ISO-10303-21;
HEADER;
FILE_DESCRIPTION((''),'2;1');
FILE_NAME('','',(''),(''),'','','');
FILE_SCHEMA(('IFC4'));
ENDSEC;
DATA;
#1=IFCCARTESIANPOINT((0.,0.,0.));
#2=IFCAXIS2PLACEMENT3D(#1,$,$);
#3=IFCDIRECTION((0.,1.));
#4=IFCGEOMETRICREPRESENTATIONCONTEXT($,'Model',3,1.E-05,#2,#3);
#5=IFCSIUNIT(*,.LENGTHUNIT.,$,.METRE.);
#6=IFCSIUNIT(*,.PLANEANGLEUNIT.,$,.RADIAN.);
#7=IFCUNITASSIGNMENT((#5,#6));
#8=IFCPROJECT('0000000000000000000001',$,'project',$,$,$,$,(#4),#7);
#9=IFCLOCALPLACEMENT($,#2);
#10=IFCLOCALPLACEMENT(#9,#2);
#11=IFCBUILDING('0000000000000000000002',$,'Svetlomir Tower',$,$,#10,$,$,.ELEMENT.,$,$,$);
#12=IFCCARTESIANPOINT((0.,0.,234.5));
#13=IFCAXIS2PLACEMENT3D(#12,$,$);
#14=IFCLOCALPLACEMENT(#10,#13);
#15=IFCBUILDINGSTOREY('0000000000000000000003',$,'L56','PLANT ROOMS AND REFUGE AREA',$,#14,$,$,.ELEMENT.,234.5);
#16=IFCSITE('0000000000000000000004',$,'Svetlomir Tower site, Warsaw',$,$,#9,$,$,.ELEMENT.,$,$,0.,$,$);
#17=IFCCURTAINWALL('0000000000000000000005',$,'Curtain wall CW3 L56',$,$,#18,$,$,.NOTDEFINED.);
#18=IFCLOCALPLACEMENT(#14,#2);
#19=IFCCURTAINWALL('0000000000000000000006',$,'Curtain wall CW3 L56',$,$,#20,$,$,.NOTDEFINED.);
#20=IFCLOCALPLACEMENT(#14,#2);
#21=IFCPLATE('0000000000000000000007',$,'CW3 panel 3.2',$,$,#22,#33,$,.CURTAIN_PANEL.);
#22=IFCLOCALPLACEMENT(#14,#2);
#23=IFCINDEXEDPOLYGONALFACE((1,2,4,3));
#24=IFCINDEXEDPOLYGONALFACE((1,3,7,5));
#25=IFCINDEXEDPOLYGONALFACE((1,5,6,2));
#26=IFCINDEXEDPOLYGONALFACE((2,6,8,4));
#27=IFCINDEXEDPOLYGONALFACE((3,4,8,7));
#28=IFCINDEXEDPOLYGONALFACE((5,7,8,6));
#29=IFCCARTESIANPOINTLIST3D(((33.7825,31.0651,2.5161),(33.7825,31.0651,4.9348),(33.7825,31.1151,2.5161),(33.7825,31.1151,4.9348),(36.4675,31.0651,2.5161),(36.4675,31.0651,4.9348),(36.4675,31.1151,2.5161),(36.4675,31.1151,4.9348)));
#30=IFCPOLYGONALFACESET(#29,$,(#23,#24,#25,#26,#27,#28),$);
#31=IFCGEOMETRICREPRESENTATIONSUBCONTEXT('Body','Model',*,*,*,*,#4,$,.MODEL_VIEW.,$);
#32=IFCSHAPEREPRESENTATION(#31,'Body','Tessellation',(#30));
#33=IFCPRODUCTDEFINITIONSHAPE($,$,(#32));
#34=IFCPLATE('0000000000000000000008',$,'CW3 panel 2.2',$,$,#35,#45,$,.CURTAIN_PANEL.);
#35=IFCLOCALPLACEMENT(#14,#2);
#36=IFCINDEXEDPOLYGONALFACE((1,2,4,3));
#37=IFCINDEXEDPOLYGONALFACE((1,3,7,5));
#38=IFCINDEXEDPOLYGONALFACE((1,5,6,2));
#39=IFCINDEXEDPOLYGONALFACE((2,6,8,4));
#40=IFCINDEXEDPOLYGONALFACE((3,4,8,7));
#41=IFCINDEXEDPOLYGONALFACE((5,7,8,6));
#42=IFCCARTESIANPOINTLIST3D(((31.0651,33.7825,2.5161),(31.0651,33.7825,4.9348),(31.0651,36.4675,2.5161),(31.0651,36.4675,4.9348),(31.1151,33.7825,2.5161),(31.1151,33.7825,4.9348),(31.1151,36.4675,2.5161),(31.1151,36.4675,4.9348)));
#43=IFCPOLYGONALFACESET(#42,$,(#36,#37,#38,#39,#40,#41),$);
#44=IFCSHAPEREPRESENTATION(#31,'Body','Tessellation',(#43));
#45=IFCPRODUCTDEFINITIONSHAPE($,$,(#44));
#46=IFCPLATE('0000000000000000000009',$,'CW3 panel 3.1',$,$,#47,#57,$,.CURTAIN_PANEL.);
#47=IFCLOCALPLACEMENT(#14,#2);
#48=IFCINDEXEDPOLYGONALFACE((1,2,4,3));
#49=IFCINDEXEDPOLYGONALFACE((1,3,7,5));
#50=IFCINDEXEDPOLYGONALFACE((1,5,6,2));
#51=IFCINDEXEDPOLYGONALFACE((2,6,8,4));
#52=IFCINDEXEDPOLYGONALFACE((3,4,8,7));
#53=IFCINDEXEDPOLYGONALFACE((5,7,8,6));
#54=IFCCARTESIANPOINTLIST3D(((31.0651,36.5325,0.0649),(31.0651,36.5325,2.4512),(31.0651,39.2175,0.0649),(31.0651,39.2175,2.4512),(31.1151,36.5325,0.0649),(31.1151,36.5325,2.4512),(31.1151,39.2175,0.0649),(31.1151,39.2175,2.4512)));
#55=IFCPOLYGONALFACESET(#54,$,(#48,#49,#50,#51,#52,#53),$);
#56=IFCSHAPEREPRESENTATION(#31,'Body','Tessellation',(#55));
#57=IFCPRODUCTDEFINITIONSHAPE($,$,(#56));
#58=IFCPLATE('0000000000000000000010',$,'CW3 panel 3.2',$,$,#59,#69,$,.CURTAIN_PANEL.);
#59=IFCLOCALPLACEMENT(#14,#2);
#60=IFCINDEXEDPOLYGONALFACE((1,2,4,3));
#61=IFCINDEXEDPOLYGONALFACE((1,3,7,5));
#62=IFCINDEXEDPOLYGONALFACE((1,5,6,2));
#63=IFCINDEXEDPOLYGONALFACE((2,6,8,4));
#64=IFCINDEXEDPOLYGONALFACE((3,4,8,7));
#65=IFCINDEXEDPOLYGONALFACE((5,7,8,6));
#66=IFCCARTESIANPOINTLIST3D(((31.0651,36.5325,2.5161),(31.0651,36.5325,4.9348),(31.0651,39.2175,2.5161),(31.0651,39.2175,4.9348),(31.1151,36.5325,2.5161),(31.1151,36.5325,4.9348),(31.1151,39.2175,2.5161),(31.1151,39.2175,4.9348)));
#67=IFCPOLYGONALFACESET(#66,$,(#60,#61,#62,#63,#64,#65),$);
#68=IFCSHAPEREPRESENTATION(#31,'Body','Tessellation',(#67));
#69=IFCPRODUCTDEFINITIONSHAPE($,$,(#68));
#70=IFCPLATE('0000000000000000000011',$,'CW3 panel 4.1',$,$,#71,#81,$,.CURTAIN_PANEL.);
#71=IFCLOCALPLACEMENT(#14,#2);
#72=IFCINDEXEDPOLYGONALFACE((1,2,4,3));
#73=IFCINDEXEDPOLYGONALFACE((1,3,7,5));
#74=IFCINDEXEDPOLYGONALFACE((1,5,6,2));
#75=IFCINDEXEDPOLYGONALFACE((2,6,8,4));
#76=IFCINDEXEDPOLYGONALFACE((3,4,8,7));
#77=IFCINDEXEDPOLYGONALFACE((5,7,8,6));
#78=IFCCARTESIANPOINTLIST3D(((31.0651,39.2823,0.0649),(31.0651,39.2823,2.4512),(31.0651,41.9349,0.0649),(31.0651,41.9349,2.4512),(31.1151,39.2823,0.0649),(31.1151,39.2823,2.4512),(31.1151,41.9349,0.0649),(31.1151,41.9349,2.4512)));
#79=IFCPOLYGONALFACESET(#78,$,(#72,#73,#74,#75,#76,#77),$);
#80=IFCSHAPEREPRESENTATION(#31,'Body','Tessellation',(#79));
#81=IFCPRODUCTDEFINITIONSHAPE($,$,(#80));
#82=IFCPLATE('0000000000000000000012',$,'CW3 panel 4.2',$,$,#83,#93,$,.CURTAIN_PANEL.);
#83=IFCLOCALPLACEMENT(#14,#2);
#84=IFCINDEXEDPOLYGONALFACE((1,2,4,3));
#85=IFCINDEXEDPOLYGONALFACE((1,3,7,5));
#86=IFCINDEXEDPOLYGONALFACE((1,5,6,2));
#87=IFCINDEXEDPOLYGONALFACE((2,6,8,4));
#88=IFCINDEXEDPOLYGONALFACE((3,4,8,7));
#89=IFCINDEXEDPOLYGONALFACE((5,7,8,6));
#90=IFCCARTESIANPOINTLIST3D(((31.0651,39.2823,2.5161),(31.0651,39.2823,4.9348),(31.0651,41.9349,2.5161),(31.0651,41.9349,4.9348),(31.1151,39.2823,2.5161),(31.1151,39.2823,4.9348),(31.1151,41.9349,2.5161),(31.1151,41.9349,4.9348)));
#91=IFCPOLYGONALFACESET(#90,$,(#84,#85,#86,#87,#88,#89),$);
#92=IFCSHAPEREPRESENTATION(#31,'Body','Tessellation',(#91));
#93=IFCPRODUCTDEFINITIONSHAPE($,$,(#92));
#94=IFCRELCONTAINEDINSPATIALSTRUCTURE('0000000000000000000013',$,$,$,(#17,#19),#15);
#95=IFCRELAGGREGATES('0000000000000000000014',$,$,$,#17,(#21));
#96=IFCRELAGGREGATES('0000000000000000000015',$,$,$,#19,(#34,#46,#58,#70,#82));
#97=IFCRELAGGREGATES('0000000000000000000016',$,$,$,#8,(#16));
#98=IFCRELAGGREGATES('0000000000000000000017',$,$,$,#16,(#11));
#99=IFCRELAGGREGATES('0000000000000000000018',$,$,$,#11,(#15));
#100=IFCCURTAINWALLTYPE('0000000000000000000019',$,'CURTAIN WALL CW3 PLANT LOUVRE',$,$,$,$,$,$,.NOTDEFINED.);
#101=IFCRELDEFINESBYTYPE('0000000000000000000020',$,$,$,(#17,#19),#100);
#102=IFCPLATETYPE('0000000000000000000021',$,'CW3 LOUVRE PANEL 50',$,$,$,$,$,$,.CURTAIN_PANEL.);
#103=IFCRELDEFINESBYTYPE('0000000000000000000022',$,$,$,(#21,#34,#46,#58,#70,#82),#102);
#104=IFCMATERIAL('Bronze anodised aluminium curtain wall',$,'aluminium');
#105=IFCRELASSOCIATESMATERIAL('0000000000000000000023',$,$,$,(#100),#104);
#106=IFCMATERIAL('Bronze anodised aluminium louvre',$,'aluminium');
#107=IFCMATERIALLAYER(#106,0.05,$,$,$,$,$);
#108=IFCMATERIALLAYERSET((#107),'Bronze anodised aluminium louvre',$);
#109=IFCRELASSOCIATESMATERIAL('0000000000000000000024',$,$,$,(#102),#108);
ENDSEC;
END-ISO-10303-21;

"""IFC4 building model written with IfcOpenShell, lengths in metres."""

from ifc_helpers import new_model, si_unit, direction, frame, origin, origin_2d, place, context, subcontext, project, spatial, rectangle, extrude, material, layer, layer_set, type_object, element, aggregate, save


model = new_model("IFC4")

# Units and contexts
model_context = context("Model", 3, precision=1e-05, world=origin(), true_north=direction((0.0, 1.0)))
body_context = subcontext(model_context, "Body", "Model", "MODEL_VIEW")
ifc_project = project(units=[si_unit("LENGTHUNIT", "METRE"), si_unit("PLANEANGLEUNIT", "RADIAN")], contexts=[model_context])

# Site, building, storey
site_placement = place(None, origin())
site = spatial("IfcSite", under=ifc_project, at=site_placement, Name="Svetlomir Tower site, Warsaw", CompositionType="ELEMENT", RefElevation=0.0)
building_placement = place(site_placement, origin())
building = spatial("IfcBuilding", under=site, at=building_placement, Name="Svetlomir Tower", CompositionType="ELEMENT")
storey_placement = place(building_placement, frame((0.0, 0.0, 234.5)))
storey = spatial("IfcBuildingStorey", under=building, at=storey_placement, Name="L56", Description="PLANT ROOMS AND REFUGE AREA", CompositionType="ELEMENT", Elevation=234.5)

# Curtain walls
ifc_material_1 = material(Name="Bronze anodised aluminium curtain wall", Category="aluminium")
curtain_wall_type = type_object("IfcCurtainWallType", Name="CURTAIN WALL CW3 PLANT LOUVRE", PredefinedType="NOTDEFINED", material=ifc_material_1)
curtain_wall_1_placement = place(storey_placement, origin())
curtain_wall_1 = element("IfcCurtainWall", 1, at=curtain_wall_1_placement, inside=storey, type_object=curtain_wall_type, Name="Curtain wall CW3 L56", PredefinedType="NOTDEFINED")
curtain_wall_2_placement = place(storey_placement, origin())
curtain_wall_2 = element("IfcCurtainWall", 2, at=curtain_wall_2_placement, inside=storey, type_object=curtain_wall_type, Name="Curtain wall CW3 L56", PredefinedType="NOTDEFINED")

# Plates
ifc_material_2 = material(Name="Bronze anodised aluminium louvre", Category="aluminium")
ifc_layer = layer(ifc_material_2, 0.05)
ifc_layer_set = layer_set([ifc_layer], Name="Bronze anodised aluminium louvre")
plate_type = type_object("IfcPlateType", Name="CW3 LOUVRE PANEL 50", PredefinedType="CURTAIN_PANEL", material=ifc_layer_set)
plate_1_placement = place(storey_placement, frame((35.125, 31.0901, 2.5161), z_axis=(0.0, 0.0, 1.0), x_axis=(-1.0, 0.0, 0.0)))
plate_1 = element("IfcPlate", 3, at=plate_1_placement, type_object=plate_type, Name="CW3 panel 3.2", PredefinedType="CURTAIN_PANEL", context=body_context, shape_type="SweptSolid", body=[
    extrude(rectangle(XDim=2.6851, YDim=0.05, at=origin_2d()), origin(), (0.0, 0.0, 1.0), 2.4187),
])
aggregate(curtain_wall_1, [plate_1])
plate_2_placement = place(storey_placement, frame((31.0901, 35.125, 2.5161), z_axis=(0.0, 0.0, 1.0), x_axis=(0.0, 1.0, 0.0)))
plate_2 = element("IfcPlate", 4, at=plate_2_placement, type_object=plate_type, Name="CW3 panel 2.2", PredefinedType="CURTAIN_PANEL", context=body_context, shape_type="SweptSolid", body=[
    extrude(rectangle(XDim=2.6851, YDim=0.05, at=origin_2d()), origin(), (0.0, 0.0, 1.0), 2.4187),
])
plate_3_placement = place(storey_placement, frame((31.0901, 37.875, 0.0649), z_axis=(0.0, 0.0, 1.0), x_axis=(0.0, 1.0, 0.0)))
plate_3 = element("IfcPlate", 5, at=plate_3_placement, type_object=plate_type, Name="CW3 panel 3.1", PredefinedType="CURTAIN_PANEL", context=body_context, shape_type="SweptSolid", body=[
    extrude(rectangle(XDim=2.6851, YDim=0.05, at=origin_2d()), origin(), (0.0, 0.0, 1.0), 2.3862),
])
plate_4_placement = place(storey_placement, frame((31.0901, 37.875, 2.5161), z_axis=(0.0, 0.0, 1.0), x_axis=(0.0, 1.0, 0.0)))
plate_4 = element("IfcPlate", 6, at=plate_4_placement, type_object=plate_type, Name="CW3 panel 3.2", PredefinedType="CURTAIN_PANEL", context=body_context, shape_type="SweptSolid", body=[
    extrude(rectangle(XDim=2.6851, YDim=0.05, at=origin_2d()), origin(), (0.0, 0.0, 1.0), 2.4187),
])
plate_5_placement = place(storey_placement, frame((31.0901, 40.6086, 0.0649), z_axis=(0.0, 0.0, 1.0), x_axis=(0.0, 1.0, 0.0)))
plate_5 = element("IfcPlate", 7, at=plate_5_placement, type_object=plate_type, Name="CW3 panel 4.1", PredefinedType="CURTAIN_PANEL", context=body_context, shape_type="SweptSolid", body=[
    extrude(rectangle(XDim=2.6526, YDim=0.05, at=origin_2d()), origin(), (0.0, 0.0, 1.0), 2.3862),
])
plate_6_placement = place(storey_placement, frame((31.0901, 40.6086, 2.5161), z_axis=(0.0, 0.0, 1.0), x_axis=(0.0, 1.0, 0.0)))
plate_6 = element("IfcPlate", 8, at=plate_6_placement, type_object=plate_type, Name="CW3 panel 4.2", PredefinedType="CURTAIN_PANEL", context=body_context, shape_type="SweptSolid", body=[
    extrude(rectangle(XDim=2.6526, YDim=0.05, at=origin_2d()), origin(), (0.0, 0.0, 1.0), 2.4187),
])
aggregate(curtain_wall_2, [plate_2, plate_3, plate_4, plate_5, plate_6])

save(model, "model.ifc")
